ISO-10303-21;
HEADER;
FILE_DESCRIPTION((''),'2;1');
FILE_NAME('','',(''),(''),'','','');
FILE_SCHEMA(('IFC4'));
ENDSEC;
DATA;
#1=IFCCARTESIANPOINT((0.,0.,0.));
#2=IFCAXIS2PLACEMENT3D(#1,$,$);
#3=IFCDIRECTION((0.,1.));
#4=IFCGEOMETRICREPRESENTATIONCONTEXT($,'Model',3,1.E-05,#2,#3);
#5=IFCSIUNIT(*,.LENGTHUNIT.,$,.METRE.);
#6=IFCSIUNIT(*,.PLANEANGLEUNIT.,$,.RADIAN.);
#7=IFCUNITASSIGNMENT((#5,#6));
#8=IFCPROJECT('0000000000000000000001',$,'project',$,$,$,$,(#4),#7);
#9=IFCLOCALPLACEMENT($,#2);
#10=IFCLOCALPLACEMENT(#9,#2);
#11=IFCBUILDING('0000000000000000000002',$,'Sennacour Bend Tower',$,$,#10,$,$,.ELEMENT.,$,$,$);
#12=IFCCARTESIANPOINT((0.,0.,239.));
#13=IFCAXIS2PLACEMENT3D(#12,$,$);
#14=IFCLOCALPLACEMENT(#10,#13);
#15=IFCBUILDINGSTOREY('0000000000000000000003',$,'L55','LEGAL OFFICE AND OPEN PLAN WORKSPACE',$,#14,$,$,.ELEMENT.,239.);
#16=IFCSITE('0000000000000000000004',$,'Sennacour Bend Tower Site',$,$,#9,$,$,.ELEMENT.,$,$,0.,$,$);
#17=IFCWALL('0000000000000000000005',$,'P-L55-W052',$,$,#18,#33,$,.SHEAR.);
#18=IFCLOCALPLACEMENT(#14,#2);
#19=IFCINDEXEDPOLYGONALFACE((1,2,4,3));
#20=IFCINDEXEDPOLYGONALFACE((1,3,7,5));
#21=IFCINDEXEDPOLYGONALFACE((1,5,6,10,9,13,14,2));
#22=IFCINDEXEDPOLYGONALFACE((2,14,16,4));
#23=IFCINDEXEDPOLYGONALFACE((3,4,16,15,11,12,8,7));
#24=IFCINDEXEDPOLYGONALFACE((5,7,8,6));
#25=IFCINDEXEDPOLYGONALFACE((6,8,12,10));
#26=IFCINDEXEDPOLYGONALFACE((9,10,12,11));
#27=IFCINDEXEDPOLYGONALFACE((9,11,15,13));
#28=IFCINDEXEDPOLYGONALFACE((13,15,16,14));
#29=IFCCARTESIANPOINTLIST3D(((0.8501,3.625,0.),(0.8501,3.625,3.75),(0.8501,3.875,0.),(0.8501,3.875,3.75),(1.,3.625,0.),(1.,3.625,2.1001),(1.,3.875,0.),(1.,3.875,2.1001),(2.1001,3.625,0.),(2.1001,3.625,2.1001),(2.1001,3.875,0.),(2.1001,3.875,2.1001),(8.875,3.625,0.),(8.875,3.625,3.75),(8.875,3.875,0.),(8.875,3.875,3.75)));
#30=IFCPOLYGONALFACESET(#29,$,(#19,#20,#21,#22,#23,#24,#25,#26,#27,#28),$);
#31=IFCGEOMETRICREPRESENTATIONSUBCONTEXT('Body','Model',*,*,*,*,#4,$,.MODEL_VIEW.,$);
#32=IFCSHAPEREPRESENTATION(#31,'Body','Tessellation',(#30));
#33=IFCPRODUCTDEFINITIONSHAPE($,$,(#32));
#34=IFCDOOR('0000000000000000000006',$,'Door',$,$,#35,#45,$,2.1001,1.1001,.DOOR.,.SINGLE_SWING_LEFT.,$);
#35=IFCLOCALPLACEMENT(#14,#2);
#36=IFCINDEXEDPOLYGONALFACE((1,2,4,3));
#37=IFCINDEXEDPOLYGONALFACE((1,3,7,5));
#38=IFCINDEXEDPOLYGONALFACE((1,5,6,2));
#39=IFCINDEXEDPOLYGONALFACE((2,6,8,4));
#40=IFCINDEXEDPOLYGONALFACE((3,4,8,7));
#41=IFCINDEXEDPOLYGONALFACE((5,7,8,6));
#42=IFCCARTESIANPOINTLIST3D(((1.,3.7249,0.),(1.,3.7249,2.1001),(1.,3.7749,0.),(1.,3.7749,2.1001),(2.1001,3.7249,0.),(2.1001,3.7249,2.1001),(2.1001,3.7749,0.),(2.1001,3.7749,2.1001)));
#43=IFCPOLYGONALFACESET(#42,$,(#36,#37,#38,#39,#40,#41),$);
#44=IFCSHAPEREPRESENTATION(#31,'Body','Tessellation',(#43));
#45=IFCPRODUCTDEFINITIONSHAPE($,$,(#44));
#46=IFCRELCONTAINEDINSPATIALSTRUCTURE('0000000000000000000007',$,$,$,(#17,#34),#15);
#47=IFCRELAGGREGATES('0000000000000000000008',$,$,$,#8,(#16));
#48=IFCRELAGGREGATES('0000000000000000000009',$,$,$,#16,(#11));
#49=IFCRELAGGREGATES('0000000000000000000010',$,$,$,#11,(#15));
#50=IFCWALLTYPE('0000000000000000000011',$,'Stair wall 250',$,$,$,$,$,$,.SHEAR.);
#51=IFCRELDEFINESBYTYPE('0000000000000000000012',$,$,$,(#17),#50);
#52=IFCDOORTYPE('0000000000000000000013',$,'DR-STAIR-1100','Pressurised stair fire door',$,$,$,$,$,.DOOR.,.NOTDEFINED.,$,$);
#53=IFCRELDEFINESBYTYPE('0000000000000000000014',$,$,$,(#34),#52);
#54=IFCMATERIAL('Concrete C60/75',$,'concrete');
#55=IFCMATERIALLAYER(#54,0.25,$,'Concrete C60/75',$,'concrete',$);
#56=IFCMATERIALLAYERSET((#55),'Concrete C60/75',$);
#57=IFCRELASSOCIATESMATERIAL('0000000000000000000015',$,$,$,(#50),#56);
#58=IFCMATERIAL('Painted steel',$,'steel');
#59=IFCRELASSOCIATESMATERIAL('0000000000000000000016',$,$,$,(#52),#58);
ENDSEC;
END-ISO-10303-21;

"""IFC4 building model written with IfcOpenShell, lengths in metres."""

from ifc_helpers import new_model, si_unit, direction, frame, frame_2d, origin, place, context, subcontext, project, spatial, rectangle, extrude, material, layer, layer_set, type_object, element, fill, save


model = new_model("IFC4")

# Units and contexts
model_context = context("Model", 3, precision=1e-05, world=origin(), true_north=direction((0.0, 1.0)))
body_context = subcontext(model_context, "Body", "Model", "MODEL_VIEW")
ifc_project = project(units=[si_unit("LENGTHUNIT", "METRE"), si_unit("PLANEANGLEUNIT", "RADIAN")], contexts=[model_context])

# Site, building, storey
site_placement = place(None, origin())
site = spatial("IfcSite", under=ifc_project, at=site_placement, Name="Sennacour Bend Tower Site", CompositionType="ELEMENT", RefElevation=0.0)
building_placement = place(site_placement, origin())
building = spatial("IfcBuilding", under=site, at=building_placement, Name="Sennacour Bend Tower", CompositionType="ELEMENT")
storey_placement = place(building_placement, frame((0.0, 0.0, 239.0)))
storey = spatial("IfcBuildingStorey", under=building, at=storey_placement, Name="L55", Description="LEGAL OFFICE AND OPEN PLAN WORKSPACE", CompositionType="ELEMENT", Elevation=239.0)

# Shared definitions
ifc_material_1 = material(Name="Painted steel", Category="steel")

# Wall, opening, door
ifc_material_2 = material(Name="Concrete C60/75", Category="concrete")
ifc_layer_1 = layer(ifc_material_2, 0.25, Name="Concrete C60/75", Category="concrete")
ifc_layer_set_1 = layer_set([ifc_layer_1], Name="Concrete C60/75")
wall_type_1 = type_object("IfcWallType", Name="Stair wall 250", PredefinedType="SHEAR", material=ifc_layer_set_1)
wall_1_placement = place(storey_placement, frame((0.8501, 3.75, 0.0), z_axis=(0.0, 0.0, 1.0), x_axis=(1.0, 0.0, 0.0)))
wall_1 = element("IfcWall", 1, at=wall_1_placement, inside=storey, type_object=wall_type_1, Name="P-L55-W052", PredefinedType="SHEAR", context=body_context, shape_type="SweptSolid", body=[
    extrude(rectangle(XDim=8.0249, YDim=0.25, at=frame_2d((4.0125, 0.0))), origin(), (0.0, 0.0, 1.0), 3.75),
])
opening_1_placement = place(wall_1_placement, frame((0.1499, 0.0, 0.0)))
opening_1 = element("IfcOpeningElement", 2, at=opening_1_placement, cuts=wall_1, PredefinedType="OPENING", context=body_context, shape_type="SweptSolid", body=[
    extrude(rectangle(XDim=1.1001, YDim=2.1001, at=frame_2d((0.55, 1.05))), frame((0.0, 0.135, 0.0), z_axis=(0.0, -1.0, 0.0), x_axis=(1.0, 0.0, 0.0)), (0.0, 0.0, 1.0), 0.27),
])
door_type_1 = type_object("IfcDoorType", Name="DR-STAIR-1100", Description="Pressurised stair fire door", OperationType="NOTDEFINED", PredefinedType="DOOR", material=ifc_material_1)
door_1_placement = place(opening_1_placement, origin())
door_1 = element("IfcDoor", 3, at=door_1_placement, inside=storey, type_object=door_type_1, Name="Door", OperationType="SINGLE_SWING_LEFT", OverallHeight=2.1001, OverallWidth=1.1001, PredefinedType="DOOR", context=body_context, shape_type="SweptSolid", body=[
    extrude(rectangle(XDim=1.1001, YDim=2.1001, at=frame_2d((0.55, 1.05))), frame((0.0, 0.0249, 0.0), z_axis=(0.0, -1.0, 0.0), x_axis=(1.0, 0.0, 0.0)), (0.0, 0.0, 1.0), 0.05),
])
fill(opening_1, door_1)

save(model, "model.ifc")
